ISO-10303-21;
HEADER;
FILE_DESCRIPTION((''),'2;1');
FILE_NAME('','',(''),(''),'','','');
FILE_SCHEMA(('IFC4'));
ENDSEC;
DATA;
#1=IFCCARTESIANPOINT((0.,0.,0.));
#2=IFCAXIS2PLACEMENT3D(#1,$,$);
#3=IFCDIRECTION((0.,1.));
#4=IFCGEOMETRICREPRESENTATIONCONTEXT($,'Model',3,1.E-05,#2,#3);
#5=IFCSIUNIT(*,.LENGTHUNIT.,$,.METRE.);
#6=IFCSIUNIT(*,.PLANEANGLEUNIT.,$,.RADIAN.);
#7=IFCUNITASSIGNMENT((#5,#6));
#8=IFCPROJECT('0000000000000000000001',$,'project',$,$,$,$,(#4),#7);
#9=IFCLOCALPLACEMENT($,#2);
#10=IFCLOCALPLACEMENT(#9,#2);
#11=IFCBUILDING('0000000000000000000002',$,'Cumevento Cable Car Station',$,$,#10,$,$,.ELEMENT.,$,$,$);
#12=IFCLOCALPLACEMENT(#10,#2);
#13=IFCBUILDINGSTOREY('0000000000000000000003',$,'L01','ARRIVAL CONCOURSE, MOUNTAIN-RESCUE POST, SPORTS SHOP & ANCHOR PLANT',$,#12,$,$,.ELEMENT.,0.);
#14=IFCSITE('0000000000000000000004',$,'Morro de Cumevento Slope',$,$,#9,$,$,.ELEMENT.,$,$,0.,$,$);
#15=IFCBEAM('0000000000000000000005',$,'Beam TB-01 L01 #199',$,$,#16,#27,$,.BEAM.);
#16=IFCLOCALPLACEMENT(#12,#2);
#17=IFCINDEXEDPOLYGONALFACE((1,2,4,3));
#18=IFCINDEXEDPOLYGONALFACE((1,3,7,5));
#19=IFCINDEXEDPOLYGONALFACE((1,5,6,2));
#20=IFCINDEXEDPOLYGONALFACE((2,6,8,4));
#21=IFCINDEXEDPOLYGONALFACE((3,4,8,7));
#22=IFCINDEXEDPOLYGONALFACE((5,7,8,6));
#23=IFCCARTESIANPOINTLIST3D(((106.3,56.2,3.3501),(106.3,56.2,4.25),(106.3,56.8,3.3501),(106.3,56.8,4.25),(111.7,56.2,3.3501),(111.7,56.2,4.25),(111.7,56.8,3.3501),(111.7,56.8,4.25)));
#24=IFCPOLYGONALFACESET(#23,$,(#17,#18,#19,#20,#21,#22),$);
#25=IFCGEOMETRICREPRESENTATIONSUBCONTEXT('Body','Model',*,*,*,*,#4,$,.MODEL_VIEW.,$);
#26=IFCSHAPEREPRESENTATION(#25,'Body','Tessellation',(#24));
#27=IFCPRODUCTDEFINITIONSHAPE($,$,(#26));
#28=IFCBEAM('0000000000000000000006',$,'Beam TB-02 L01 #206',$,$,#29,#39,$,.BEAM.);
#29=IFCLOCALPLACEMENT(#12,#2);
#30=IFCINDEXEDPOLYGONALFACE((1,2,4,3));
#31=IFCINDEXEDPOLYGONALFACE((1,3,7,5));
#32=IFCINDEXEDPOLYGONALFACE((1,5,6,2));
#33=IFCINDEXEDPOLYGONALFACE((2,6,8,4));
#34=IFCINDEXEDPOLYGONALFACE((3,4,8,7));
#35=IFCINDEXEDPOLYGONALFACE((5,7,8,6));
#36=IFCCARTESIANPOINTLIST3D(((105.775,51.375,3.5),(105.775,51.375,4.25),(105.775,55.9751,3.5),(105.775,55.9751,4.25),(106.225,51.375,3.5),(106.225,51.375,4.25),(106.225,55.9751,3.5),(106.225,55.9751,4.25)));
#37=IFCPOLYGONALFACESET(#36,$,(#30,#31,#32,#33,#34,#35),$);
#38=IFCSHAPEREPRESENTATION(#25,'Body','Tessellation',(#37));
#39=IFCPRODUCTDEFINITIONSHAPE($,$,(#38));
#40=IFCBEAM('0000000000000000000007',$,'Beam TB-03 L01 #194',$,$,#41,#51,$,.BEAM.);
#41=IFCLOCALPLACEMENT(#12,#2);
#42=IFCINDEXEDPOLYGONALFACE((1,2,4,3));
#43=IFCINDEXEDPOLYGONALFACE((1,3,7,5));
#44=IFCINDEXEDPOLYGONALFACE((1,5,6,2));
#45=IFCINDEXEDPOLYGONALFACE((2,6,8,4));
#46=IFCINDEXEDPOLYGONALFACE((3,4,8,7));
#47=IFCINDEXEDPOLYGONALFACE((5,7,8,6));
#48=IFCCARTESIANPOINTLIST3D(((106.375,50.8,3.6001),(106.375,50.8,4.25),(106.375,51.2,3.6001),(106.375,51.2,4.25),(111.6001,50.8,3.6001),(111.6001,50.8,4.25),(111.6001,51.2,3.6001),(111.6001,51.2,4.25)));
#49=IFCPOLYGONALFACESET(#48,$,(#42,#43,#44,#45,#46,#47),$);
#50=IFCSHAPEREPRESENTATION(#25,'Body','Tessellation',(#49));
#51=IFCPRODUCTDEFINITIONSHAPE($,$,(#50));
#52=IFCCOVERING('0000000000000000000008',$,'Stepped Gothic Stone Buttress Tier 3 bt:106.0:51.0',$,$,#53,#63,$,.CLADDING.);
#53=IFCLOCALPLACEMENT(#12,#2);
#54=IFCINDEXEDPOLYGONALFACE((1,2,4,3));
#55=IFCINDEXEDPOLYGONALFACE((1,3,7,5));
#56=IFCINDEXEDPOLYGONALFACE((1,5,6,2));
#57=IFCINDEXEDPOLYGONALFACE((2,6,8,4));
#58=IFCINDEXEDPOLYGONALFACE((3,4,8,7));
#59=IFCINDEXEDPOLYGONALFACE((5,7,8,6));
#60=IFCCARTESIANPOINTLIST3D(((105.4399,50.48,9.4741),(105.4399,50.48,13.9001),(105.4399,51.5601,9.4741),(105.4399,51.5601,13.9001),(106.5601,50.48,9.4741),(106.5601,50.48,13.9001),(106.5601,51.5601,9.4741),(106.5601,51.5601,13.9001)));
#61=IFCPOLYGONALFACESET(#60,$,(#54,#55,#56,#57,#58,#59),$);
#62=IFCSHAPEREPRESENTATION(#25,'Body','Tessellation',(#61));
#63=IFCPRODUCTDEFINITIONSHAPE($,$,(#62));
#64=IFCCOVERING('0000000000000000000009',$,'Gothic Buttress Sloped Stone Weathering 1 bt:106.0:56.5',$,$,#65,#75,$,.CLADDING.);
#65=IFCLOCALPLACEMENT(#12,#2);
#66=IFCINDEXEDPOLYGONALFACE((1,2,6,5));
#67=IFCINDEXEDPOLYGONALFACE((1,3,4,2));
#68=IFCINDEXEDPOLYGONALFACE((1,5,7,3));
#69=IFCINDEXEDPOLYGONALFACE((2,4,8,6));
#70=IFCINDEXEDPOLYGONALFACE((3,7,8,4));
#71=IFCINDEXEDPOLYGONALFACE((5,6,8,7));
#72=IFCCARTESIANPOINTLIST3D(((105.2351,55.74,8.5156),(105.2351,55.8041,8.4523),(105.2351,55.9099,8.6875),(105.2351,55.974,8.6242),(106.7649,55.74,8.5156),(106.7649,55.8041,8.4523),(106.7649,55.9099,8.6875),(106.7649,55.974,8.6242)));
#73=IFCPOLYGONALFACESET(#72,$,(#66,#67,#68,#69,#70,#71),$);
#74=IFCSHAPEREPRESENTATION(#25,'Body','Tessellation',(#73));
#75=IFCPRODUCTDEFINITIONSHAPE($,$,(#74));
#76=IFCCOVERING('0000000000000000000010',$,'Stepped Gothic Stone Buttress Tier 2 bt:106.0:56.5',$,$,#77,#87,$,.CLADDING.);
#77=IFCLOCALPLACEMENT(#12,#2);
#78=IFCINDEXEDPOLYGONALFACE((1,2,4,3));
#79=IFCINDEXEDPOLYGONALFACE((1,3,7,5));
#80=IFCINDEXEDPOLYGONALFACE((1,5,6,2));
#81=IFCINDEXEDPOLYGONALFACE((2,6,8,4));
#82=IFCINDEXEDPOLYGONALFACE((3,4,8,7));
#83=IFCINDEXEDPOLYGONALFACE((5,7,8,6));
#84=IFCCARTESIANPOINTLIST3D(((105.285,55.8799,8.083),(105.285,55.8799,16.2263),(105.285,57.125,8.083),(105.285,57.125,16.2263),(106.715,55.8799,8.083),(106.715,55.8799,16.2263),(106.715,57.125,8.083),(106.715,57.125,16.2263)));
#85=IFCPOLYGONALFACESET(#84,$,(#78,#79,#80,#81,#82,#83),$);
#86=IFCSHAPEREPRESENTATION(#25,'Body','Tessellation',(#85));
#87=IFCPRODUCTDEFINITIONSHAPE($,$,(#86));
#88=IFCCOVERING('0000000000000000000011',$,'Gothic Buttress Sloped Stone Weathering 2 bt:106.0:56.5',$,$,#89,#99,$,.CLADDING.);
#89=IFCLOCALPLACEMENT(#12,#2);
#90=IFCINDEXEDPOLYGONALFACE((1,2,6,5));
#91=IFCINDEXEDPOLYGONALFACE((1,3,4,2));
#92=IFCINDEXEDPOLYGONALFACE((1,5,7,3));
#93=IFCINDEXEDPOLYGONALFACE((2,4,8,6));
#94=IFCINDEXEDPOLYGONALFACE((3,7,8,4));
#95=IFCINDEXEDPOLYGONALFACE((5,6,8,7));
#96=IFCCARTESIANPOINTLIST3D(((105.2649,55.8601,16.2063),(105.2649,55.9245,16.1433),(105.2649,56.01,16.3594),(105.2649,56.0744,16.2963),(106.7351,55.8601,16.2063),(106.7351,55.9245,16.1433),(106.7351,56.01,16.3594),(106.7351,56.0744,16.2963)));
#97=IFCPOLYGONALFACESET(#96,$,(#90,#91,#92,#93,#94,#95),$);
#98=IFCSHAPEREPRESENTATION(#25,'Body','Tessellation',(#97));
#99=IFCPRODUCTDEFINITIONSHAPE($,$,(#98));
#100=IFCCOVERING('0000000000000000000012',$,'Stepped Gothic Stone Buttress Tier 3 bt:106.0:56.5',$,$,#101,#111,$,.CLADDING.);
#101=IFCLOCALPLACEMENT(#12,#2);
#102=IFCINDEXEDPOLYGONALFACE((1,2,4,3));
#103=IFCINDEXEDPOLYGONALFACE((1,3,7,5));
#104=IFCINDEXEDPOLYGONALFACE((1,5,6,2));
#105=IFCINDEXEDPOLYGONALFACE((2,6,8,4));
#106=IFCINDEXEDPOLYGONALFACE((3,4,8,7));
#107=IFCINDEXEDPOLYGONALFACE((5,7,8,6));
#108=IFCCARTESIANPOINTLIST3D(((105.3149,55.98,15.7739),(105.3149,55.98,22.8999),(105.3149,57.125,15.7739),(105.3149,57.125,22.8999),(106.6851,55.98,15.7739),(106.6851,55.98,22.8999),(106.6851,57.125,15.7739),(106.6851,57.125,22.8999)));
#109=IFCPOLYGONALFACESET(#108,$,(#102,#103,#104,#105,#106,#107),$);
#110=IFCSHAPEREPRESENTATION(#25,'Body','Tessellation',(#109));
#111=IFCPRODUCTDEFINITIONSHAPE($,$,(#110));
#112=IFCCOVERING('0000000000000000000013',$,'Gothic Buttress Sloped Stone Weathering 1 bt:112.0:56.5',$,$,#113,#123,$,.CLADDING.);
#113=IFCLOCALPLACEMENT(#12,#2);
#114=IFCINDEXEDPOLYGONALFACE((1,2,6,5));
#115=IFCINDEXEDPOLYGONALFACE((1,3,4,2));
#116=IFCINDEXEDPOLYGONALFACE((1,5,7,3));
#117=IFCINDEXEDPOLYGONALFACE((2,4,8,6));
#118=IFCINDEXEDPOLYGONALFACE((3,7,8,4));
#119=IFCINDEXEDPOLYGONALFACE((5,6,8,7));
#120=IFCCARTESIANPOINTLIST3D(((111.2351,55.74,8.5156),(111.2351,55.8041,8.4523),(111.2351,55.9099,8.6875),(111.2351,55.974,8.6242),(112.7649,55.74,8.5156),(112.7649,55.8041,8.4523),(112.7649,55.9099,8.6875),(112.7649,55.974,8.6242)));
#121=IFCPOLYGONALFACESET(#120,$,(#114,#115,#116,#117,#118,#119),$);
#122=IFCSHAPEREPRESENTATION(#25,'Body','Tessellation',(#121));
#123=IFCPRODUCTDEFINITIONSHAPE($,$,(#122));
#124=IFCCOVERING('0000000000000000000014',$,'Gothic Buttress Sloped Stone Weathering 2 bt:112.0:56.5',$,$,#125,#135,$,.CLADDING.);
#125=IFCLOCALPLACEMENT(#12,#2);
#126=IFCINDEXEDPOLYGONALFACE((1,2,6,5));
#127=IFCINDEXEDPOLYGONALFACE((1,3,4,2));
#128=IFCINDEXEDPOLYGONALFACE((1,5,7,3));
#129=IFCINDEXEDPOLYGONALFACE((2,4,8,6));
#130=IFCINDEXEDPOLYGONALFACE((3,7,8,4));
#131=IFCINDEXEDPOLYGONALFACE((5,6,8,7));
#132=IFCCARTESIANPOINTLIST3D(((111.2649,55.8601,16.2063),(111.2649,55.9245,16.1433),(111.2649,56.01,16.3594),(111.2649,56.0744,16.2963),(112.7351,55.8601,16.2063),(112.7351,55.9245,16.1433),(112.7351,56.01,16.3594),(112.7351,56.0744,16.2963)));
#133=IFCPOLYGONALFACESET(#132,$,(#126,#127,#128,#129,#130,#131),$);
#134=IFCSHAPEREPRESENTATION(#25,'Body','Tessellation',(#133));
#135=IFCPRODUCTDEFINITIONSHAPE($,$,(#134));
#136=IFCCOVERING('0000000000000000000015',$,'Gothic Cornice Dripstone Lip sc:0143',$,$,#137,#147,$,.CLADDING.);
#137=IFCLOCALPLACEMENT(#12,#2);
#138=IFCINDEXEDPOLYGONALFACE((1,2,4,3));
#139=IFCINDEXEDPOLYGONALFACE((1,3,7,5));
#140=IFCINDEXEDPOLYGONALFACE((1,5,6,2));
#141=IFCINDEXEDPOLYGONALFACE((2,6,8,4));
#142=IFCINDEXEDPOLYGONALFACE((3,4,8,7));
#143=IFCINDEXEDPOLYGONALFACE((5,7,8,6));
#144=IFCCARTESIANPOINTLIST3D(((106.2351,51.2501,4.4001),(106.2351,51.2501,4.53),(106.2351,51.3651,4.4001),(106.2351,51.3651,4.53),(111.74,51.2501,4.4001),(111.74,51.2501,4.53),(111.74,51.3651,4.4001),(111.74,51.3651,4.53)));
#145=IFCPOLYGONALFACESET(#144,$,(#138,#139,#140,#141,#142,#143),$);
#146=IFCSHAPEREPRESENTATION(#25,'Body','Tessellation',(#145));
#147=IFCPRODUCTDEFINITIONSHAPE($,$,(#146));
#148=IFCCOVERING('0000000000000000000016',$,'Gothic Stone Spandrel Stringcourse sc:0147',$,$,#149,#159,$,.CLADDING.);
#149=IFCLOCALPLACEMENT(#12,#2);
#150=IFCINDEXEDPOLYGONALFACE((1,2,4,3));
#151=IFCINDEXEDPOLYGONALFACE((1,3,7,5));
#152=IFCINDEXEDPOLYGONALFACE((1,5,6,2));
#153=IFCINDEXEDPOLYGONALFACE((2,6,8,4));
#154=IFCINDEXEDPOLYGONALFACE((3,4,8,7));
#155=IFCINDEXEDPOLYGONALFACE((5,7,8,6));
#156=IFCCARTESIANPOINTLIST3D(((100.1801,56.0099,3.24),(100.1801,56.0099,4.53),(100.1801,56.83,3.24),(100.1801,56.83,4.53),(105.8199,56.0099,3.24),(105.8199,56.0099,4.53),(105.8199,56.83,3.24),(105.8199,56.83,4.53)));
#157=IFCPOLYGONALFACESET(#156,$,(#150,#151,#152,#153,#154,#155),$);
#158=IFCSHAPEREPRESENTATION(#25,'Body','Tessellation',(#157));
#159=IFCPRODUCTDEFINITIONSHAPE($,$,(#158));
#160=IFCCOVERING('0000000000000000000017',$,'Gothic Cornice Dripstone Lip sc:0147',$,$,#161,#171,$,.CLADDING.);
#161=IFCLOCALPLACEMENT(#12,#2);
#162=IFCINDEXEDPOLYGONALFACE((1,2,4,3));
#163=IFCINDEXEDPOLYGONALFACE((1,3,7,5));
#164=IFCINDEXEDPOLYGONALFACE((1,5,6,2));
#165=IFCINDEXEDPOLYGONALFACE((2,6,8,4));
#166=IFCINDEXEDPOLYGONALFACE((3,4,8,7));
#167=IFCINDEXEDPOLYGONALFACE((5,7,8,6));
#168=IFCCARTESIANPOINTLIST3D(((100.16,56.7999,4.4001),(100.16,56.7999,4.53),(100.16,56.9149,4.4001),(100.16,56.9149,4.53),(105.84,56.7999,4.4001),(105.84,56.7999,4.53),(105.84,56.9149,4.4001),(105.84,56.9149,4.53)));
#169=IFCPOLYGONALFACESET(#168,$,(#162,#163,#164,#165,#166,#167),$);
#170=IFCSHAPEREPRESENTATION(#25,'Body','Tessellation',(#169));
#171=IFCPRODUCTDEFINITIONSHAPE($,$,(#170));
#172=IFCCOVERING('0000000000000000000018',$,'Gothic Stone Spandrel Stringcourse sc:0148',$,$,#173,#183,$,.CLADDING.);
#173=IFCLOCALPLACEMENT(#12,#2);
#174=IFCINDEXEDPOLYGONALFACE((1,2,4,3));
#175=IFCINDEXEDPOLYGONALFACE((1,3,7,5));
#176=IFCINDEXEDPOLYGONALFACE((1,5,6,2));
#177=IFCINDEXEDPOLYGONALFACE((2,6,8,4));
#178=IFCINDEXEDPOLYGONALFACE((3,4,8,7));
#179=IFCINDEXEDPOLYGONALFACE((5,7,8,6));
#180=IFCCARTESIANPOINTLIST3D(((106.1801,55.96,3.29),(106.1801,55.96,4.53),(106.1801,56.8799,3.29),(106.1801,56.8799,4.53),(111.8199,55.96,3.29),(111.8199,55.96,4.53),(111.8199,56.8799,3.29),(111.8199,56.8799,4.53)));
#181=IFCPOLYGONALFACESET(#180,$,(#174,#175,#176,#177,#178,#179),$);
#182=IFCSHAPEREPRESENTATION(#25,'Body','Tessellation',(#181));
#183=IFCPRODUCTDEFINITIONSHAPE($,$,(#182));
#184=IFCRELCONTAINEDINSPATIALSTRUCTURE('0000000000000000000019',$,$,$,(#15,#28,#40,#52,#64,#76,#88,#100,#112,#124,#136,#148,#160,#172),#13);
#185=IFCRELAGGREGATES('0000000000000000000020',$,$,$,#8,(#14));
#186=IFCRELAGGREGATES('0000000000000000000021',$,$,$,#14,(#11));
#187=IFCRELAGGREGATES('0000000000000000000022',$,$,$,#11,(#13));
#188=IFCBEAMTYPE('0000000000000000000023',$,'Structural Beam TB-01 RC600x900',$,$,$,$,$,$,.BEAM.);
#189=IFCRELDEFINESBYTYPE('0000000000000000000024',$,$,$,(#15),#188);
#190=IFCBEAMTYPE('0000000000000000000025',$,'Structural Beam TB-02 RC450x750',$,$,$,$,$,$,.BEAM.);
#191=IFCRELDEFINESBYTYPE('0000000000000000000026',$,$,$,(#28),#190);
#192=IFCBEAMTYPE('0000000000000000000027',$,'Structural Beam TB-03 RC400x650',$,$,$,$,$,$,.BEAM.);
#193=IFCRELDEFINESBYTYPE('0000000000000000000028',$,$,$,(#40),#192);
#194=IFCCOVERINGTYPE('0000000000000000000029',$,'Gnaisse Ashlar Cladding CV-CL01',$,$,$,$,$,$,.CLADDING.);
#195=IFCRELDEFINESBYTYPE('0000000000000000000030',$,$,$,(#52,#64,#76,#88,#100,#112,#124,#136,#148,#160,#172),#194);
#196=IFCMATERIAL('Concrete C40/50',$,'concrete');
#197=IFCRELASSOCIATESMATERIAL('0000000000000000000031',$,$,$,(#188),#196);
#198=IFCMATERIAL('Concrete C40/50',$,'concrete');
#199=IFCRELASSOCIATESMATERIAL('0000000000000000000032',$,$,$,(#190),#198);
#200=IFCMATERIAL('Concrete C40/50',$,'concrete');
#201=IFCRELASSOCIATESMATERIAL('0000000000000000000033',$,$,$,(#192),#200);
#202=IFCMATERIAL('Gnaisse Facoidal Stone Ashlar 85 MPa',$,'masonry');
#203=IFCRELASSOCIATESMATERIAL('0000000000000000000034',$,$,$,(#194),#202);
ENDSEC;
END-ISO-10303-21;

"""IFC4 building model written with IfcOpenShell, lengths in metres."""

from ifc_helpers import new_model, si_unit, direction, frame, origin, origin_2d, place, context, subcontext, project, spatial, polyline, rectangle, outline, extrude, material, material_profile, profile_set, type_object, element, save


model = new_model("IFC4")

# Units and contexts
model_context = context("Model", 3, precision=1e-05, world=origin(), true_north=direction((0.0, 1.0)))
body_context = subcontext(model_context, "Body", "Model", "MODEL_VIEW")
ifc_project = project(units=[si_unit("LENGTHUNIT", "METRE"), si_unit("PLANEANGLEUNIT", "RADIAN")], contexts=[model_context])

# Site, building, storey
site_placement = place(None, origin())
site = spatial("IfcSite", under=ifc_project, at=site_placement, Name="Morro de Cumevento Slope", CompositionType="ELEMENT", RefElevation=0.0)
building_placement = place(site_placement, origin())
building = spatial("IfcBuilding", under=site, at=building_placement, Name="Cumevento Cable Car Station", CompositionType="ELEMENT")
storey_placement = place(building_placement, origin())
storey = spatial("IfcBuildingStorey", under=building, at=storey_placement, Name="L01", Description="ARRIVAL CONCOURSE, MOUNTAIN-RESCUE POST, SPORTS SHOP & ANCHOR PLANT", CompositionType="ELEMENT", Elevation=0.0)

# Beams
ifc_material_1 = material(Name="Concrete C40/50", Category="concrete")
ifc_material_profile_1 = material_profile(ifc_material_1, rectangle(XDim=0.6001, YDim=0.8999, at=origin_2d()), Name="RC600x900")
ifc_profile_set_1 = profile_set([ifc_material_profile_1], Name="Concrete C40/50")
beam_type_1 = type_object("IfcBeamType", Name="Structural Beam TB-01 RC600x900", PredefinedType="BEAM", material=ifc_profile_set_1)
beam_1_placement = place(storey_placement, frame((106.3, 56.5, 3.8), z_axis=(1.0, 0.0, 0.0), x_axis=(0.0, 1.0, 0.0)))
element("IfcBeam", 1, at=beam_1_placement, inside=storey, type_object=beam_type_1, Name="Beam TB-01 L01 #199", PredefinedType="BEAM", context=body_context, shape_type="SweptSolid", body=[
    extrude(rectangle(XDim=0.6001, YDim=0.8999, at=origin_2d()), origin(), (0.0, 0.0, 1.0), 5.3999),
])
ifc_material_2 = material(Name="Concrete C40/50", Category="concrete")
ifc_material_profile_2 = material_profile(ifc_material_2, rectangle(XDim=0.45, YDim=0.75, at=origin_2d()), Name="RC450x750")
ifc_profile_set_2 = profile_set([ifc_material_profile_2], Name="Concrete C40/50")
beam_type_2 = type_object("IfcBeamType", Name="Structural Beam TB-02 RC450x750", PredefinedType="BEAM", material=ifc_profile_set_2)
beam_2_placement = place(storey_placement, frame((106.0, 51.375, 3.875), z_axis=(0.0, 1.0, 0.0), x_axis=(-1.0, 0.0, 0.0)))
element("IfcBeam", 2, at=beam_2_placement, inside=storey, type_object=beam_type_2, Name="Beam TB-02 L01 #206", PredefinedType="BEAM", context=body_context, shape_type="SweptSolid", body=[
    extrude(rectangle(XDim=0.45, YDim=0.75, at=origin_2d()), origin(), (0.0, 0.0, 1.0), 4.6001),
])
ifc_material_3 = material(Name="Concrete C40/50", Category="concrete")
ifc_material_profile_3 = material_profile(ifc_material_3, rectangle(XDim=0.3999, YDim=0.6499, at=origin_2d()), Name="RC400x650")
ifc_profile_set_3 = profile_set([ifc_material_profile_3], Name="Concrete C40/50")
beam_type_3 = type_object("IfcBeamType", Name="Structural Beam TB-03 RC400x650", PredefinedType="BEAM", material=ifc_profile_set_3)
beam_3_placement = place(storey_placement, frame((106.375, 51.0, 3.925), z_axis=(1.0, 0.0, 0.0), x_axis=(0.0, 1.0, 0.0)))
element("IfcBeam", 3, at=beam_3_placement, inside=storey, type_object=beam_type_3, Name="Beam TB-03 L01 #194", PredefinedType="BEAM", context=body_context, shape_type="SweptSolid", body=[
    extrude(rectangle(XDim=0.3999, YDim=0.6499, at=origin_2d()), origin(), (0.0, 0.0, 1.0), 5.2251),
])

# Coverings
ifc_material_4 = material(Name="Gnaisse Facoidal Stone Ashlar 85 MPa", Category="masonry")
covering_type = type_object("IfcCoveringType", Name="Gnaisse Ashlar Cladding CV-CL01", PredefinedType="CLADDING", material=ifc_material_4)
covering_1_placement = place(storey_placement, frame((106.0, 51.02, 9.4741), z_axis=(0.0, 0.0, 1.0), x_axis=(1.0, 0.0, 0.0)))
element("IfcCovering", 4, at=covering_1_placement, inside=storey, type_object=covering_type, Name="Stepped Gothic Stone Buttress Tier 3 bt:106.0:51.0", PredefinedType="CLADDING", context=body_context, shape_type="SweptSolid", body=[
    extrude(rectangle(XDim=1.1201, YDim=1.0801, at=origin_2d()), origin(), (0.0, 0.0, 1.0), 4.426),
])
covering_2_placement = place(storey_placement, frame((105.2351, 55.74, 8.5156), z_axis=(0.0, -0.711136, 0.703055), x_axis=(1.0, 0.0, 0.0)))
element("IfcCovering", 5, at=covering_2_placement, inside=storey, type_object=covering_type, Name="Gothic Buttress Sloped Stone Weathering 1 bt:106.0:56.5", PredefinedType="CLADDING", context=body_context, shape_type="SweptSolid", body=[
    extrude(outline(polyline([(0.0, 0.0), (1.5298, 0.0), (1.5298, 0.2417), (0.0, 0.2417), (0.0, 0.0)])), origin(), (0.0, 0.0, -1.0), 0.0901),
])
covering_3_placement = place(storey_placement, frame((106.0, 56.5024, 8.083), z_axis=(0.0, 0.0, 1.0), x_axis=(1.0, 0.0, 0.0)))
element("IfcCovering", 6, at=covering_3_placement, inside=storey, type_object=covering_type, Name="Stepped Gothic Stone Buttress Tier 2 bt:106.0:56.5", PredefinedType="CLADDING", context=body_context, shape_type="SweptSolid", body=[
    extrude(rectangle(XDim=1.4299, YDim=1.2451, at=origin_2d()), origin(), (0.0, 0.0, 1.0), 8.1433),
])
covering_4_placement = place(storey_placement, frame((105.2649, 55.8601, 16.2063), z_axis=(0.0, -0.714475, 0.699661), x_axis=(1.0, 0.0, 0.0)))
element("IfcCovering", 7, at=covering_4_placement, inside=storey, type_object=covering_type, Name="Gothic Buttress Sloped Stone Weathering 2 bt:106.0:56.5", PredefinedType="CLADDING", context=body_context, shape_type="SweptSolid", body=[
    extrude(outline(polyline([(0.0, 0.0), (1.4702, 0.0), (1.4702, 0.2142), (0.0, 0.2142), (0.0, 0.0)])), origin(), (0.0, 0.0, -1.0), 0.0901),
])
covering_5_placement = place(storey_placement, frame((106.0, 56.5525, 15.7739), z_axis=(0.0, 0.0, 1.0), x_axis=(1.0, 0.0, 0.0)))
element("IfcCovering", 8, at=covering_5_placement, inside=storey, type_object=covering_type, Name="Stepped Gothic Stone Buttress Tier 3 bt:106.0:56.5", PredefinedType="CLADDING", context=body_context, shape_type="SweptSolid", body=[
    extrude(rectangle(XDim=1.3701, YDim=1.145, at=origin_2d()), origin(), (0.0, 0.0, 1.0), 7.126),
])
covering_6_placement = place(storey_placement, frame((111.2351, 55.74, 8.5156), z_axis=(0.0, -0.711136, 0.703055), x_axis=(1.0, 0.0, 0.0)))
element("IfcCovering", 9, at=covering_6_placement, inside=storey, type_object=covering_type, Name="Gothic Buttress Sloped Stone Weathering 1 bt:112.0:56.5", PredefinedType="CLADDING", context=body_context, shape_type="SweptSolid", body=[
    extrude(outline(polyline([(0.0, 0.0), (1.5298, 0.0), (1.5298, 0.2417), (0.0, 0.2417), (0.0, 0.0)])), origin(), (0.0, 0.0, -1.0), 0.0901),
])
covering_7_placement = place(storey_placement, frame((111.2649, 55.8601, 16.2063), z_axis=(0.0, -0.714475, 0.699661), x_axis=(1.0, 0.0, 0.0)))
element("IfcCovering", 10, at=covering_7_placement, inside=storey, type_object=covering_type, Name="Gothic Buttress Sloped Stone Weathering 2 bt:112.0:56.5", PredefinedType="CLADDING", context=body_context, shape_type="SweptSolid", body=[
    extrude(outline(polyline([(0.0, 0.0), (1.4702, 0.0), (1.4702, 0.2142), (0.0, 0.2142), (0.0, 0.0)])), origin(), (0.0, 0.0, -1.0), 0.0901),
])
covering_8_placement = place(storey_placement, frame((108.9875, 51.3076, 4.4001), z_axis=(0.0, 0.0, 1.0), x_axis=(1.0, 0.0, 0.0)))
element("IfcCovering", 11, at=covering_8_placement, inside=storey, type_object=covering_type, Name="Gothic Cornice Dripstone Lip sc:0143", PredefinedType="CLADDING", context=body_context, shape_type="SweptSolid", body=[
    extrude(rectangle(XDim=5.5049, YDim=0.115, at=origin_2d()), origin(), (0.0, 0.0, 1.0), 0.1299),
])
covering_9_placement = place(storey_placement, frame((103.0, 56.4199, 3.24), z_axis=(0.0, 0.0, 1.0), x_axis=(1.0, 0.0, 0.0)))
element("IfcCovering", 12, at=covering_9_placement, inside=storey, type_object=covering_type, Name="Gothic Stone Spandrel Stringcourse sc:0147", PredefinedType="CLADDING", context=body_context, shape_type="SweptSolid", body=[
    extrude(rectangle(XDim=5.6399, YDim=0.8201, at=origin_2d()), origin(), (0.0, 0.0, 1.0), 1.29),
])
covering_10_placement = place(storey_placement, frame((103.0, 56.8574, 4.4001), z_axis=(0.0, 0.0, 1.0), x_axis=(1.0, 0.0, 0.0)))
element("IfcCovering", 13, at=covering_10_placement, inside=storey, type_object=covering_type, Name="Gothic Cornice Dripstone Lip sc:0147", PredefinedType="CLADDING", context=body_context, shape_type="SweptSolid", body=[
    extrude(rectangle(XDim=5.6799, YDim=0.115, at=origin_2d()), origin(), (0.0, 0.0, 1.0), 0.1299),
])
covering_11_placement = place(storey_placement, frame((109.0, 56.4199, 3.29), z_axis=(0.0, 0.0, 1.0), x_axis=(1.0, 0.0, 0.0)))
element("IfcCovering", 14, at=covering_11_placement, inside=storey, type_object=covering_type, Name="Gothic Stone Spandrel Stringcourse sc:0148", PredefinedType="CLADDING", context=body_context, shape_type="SweptSolid", body=[
    extrude(rectangle(XDim=5.6399, YDim=0.9199, at=origin_2d()), origin(), (0.0, 0.0, 1.0), 1.24),
])

save(model, "model.ifc")
